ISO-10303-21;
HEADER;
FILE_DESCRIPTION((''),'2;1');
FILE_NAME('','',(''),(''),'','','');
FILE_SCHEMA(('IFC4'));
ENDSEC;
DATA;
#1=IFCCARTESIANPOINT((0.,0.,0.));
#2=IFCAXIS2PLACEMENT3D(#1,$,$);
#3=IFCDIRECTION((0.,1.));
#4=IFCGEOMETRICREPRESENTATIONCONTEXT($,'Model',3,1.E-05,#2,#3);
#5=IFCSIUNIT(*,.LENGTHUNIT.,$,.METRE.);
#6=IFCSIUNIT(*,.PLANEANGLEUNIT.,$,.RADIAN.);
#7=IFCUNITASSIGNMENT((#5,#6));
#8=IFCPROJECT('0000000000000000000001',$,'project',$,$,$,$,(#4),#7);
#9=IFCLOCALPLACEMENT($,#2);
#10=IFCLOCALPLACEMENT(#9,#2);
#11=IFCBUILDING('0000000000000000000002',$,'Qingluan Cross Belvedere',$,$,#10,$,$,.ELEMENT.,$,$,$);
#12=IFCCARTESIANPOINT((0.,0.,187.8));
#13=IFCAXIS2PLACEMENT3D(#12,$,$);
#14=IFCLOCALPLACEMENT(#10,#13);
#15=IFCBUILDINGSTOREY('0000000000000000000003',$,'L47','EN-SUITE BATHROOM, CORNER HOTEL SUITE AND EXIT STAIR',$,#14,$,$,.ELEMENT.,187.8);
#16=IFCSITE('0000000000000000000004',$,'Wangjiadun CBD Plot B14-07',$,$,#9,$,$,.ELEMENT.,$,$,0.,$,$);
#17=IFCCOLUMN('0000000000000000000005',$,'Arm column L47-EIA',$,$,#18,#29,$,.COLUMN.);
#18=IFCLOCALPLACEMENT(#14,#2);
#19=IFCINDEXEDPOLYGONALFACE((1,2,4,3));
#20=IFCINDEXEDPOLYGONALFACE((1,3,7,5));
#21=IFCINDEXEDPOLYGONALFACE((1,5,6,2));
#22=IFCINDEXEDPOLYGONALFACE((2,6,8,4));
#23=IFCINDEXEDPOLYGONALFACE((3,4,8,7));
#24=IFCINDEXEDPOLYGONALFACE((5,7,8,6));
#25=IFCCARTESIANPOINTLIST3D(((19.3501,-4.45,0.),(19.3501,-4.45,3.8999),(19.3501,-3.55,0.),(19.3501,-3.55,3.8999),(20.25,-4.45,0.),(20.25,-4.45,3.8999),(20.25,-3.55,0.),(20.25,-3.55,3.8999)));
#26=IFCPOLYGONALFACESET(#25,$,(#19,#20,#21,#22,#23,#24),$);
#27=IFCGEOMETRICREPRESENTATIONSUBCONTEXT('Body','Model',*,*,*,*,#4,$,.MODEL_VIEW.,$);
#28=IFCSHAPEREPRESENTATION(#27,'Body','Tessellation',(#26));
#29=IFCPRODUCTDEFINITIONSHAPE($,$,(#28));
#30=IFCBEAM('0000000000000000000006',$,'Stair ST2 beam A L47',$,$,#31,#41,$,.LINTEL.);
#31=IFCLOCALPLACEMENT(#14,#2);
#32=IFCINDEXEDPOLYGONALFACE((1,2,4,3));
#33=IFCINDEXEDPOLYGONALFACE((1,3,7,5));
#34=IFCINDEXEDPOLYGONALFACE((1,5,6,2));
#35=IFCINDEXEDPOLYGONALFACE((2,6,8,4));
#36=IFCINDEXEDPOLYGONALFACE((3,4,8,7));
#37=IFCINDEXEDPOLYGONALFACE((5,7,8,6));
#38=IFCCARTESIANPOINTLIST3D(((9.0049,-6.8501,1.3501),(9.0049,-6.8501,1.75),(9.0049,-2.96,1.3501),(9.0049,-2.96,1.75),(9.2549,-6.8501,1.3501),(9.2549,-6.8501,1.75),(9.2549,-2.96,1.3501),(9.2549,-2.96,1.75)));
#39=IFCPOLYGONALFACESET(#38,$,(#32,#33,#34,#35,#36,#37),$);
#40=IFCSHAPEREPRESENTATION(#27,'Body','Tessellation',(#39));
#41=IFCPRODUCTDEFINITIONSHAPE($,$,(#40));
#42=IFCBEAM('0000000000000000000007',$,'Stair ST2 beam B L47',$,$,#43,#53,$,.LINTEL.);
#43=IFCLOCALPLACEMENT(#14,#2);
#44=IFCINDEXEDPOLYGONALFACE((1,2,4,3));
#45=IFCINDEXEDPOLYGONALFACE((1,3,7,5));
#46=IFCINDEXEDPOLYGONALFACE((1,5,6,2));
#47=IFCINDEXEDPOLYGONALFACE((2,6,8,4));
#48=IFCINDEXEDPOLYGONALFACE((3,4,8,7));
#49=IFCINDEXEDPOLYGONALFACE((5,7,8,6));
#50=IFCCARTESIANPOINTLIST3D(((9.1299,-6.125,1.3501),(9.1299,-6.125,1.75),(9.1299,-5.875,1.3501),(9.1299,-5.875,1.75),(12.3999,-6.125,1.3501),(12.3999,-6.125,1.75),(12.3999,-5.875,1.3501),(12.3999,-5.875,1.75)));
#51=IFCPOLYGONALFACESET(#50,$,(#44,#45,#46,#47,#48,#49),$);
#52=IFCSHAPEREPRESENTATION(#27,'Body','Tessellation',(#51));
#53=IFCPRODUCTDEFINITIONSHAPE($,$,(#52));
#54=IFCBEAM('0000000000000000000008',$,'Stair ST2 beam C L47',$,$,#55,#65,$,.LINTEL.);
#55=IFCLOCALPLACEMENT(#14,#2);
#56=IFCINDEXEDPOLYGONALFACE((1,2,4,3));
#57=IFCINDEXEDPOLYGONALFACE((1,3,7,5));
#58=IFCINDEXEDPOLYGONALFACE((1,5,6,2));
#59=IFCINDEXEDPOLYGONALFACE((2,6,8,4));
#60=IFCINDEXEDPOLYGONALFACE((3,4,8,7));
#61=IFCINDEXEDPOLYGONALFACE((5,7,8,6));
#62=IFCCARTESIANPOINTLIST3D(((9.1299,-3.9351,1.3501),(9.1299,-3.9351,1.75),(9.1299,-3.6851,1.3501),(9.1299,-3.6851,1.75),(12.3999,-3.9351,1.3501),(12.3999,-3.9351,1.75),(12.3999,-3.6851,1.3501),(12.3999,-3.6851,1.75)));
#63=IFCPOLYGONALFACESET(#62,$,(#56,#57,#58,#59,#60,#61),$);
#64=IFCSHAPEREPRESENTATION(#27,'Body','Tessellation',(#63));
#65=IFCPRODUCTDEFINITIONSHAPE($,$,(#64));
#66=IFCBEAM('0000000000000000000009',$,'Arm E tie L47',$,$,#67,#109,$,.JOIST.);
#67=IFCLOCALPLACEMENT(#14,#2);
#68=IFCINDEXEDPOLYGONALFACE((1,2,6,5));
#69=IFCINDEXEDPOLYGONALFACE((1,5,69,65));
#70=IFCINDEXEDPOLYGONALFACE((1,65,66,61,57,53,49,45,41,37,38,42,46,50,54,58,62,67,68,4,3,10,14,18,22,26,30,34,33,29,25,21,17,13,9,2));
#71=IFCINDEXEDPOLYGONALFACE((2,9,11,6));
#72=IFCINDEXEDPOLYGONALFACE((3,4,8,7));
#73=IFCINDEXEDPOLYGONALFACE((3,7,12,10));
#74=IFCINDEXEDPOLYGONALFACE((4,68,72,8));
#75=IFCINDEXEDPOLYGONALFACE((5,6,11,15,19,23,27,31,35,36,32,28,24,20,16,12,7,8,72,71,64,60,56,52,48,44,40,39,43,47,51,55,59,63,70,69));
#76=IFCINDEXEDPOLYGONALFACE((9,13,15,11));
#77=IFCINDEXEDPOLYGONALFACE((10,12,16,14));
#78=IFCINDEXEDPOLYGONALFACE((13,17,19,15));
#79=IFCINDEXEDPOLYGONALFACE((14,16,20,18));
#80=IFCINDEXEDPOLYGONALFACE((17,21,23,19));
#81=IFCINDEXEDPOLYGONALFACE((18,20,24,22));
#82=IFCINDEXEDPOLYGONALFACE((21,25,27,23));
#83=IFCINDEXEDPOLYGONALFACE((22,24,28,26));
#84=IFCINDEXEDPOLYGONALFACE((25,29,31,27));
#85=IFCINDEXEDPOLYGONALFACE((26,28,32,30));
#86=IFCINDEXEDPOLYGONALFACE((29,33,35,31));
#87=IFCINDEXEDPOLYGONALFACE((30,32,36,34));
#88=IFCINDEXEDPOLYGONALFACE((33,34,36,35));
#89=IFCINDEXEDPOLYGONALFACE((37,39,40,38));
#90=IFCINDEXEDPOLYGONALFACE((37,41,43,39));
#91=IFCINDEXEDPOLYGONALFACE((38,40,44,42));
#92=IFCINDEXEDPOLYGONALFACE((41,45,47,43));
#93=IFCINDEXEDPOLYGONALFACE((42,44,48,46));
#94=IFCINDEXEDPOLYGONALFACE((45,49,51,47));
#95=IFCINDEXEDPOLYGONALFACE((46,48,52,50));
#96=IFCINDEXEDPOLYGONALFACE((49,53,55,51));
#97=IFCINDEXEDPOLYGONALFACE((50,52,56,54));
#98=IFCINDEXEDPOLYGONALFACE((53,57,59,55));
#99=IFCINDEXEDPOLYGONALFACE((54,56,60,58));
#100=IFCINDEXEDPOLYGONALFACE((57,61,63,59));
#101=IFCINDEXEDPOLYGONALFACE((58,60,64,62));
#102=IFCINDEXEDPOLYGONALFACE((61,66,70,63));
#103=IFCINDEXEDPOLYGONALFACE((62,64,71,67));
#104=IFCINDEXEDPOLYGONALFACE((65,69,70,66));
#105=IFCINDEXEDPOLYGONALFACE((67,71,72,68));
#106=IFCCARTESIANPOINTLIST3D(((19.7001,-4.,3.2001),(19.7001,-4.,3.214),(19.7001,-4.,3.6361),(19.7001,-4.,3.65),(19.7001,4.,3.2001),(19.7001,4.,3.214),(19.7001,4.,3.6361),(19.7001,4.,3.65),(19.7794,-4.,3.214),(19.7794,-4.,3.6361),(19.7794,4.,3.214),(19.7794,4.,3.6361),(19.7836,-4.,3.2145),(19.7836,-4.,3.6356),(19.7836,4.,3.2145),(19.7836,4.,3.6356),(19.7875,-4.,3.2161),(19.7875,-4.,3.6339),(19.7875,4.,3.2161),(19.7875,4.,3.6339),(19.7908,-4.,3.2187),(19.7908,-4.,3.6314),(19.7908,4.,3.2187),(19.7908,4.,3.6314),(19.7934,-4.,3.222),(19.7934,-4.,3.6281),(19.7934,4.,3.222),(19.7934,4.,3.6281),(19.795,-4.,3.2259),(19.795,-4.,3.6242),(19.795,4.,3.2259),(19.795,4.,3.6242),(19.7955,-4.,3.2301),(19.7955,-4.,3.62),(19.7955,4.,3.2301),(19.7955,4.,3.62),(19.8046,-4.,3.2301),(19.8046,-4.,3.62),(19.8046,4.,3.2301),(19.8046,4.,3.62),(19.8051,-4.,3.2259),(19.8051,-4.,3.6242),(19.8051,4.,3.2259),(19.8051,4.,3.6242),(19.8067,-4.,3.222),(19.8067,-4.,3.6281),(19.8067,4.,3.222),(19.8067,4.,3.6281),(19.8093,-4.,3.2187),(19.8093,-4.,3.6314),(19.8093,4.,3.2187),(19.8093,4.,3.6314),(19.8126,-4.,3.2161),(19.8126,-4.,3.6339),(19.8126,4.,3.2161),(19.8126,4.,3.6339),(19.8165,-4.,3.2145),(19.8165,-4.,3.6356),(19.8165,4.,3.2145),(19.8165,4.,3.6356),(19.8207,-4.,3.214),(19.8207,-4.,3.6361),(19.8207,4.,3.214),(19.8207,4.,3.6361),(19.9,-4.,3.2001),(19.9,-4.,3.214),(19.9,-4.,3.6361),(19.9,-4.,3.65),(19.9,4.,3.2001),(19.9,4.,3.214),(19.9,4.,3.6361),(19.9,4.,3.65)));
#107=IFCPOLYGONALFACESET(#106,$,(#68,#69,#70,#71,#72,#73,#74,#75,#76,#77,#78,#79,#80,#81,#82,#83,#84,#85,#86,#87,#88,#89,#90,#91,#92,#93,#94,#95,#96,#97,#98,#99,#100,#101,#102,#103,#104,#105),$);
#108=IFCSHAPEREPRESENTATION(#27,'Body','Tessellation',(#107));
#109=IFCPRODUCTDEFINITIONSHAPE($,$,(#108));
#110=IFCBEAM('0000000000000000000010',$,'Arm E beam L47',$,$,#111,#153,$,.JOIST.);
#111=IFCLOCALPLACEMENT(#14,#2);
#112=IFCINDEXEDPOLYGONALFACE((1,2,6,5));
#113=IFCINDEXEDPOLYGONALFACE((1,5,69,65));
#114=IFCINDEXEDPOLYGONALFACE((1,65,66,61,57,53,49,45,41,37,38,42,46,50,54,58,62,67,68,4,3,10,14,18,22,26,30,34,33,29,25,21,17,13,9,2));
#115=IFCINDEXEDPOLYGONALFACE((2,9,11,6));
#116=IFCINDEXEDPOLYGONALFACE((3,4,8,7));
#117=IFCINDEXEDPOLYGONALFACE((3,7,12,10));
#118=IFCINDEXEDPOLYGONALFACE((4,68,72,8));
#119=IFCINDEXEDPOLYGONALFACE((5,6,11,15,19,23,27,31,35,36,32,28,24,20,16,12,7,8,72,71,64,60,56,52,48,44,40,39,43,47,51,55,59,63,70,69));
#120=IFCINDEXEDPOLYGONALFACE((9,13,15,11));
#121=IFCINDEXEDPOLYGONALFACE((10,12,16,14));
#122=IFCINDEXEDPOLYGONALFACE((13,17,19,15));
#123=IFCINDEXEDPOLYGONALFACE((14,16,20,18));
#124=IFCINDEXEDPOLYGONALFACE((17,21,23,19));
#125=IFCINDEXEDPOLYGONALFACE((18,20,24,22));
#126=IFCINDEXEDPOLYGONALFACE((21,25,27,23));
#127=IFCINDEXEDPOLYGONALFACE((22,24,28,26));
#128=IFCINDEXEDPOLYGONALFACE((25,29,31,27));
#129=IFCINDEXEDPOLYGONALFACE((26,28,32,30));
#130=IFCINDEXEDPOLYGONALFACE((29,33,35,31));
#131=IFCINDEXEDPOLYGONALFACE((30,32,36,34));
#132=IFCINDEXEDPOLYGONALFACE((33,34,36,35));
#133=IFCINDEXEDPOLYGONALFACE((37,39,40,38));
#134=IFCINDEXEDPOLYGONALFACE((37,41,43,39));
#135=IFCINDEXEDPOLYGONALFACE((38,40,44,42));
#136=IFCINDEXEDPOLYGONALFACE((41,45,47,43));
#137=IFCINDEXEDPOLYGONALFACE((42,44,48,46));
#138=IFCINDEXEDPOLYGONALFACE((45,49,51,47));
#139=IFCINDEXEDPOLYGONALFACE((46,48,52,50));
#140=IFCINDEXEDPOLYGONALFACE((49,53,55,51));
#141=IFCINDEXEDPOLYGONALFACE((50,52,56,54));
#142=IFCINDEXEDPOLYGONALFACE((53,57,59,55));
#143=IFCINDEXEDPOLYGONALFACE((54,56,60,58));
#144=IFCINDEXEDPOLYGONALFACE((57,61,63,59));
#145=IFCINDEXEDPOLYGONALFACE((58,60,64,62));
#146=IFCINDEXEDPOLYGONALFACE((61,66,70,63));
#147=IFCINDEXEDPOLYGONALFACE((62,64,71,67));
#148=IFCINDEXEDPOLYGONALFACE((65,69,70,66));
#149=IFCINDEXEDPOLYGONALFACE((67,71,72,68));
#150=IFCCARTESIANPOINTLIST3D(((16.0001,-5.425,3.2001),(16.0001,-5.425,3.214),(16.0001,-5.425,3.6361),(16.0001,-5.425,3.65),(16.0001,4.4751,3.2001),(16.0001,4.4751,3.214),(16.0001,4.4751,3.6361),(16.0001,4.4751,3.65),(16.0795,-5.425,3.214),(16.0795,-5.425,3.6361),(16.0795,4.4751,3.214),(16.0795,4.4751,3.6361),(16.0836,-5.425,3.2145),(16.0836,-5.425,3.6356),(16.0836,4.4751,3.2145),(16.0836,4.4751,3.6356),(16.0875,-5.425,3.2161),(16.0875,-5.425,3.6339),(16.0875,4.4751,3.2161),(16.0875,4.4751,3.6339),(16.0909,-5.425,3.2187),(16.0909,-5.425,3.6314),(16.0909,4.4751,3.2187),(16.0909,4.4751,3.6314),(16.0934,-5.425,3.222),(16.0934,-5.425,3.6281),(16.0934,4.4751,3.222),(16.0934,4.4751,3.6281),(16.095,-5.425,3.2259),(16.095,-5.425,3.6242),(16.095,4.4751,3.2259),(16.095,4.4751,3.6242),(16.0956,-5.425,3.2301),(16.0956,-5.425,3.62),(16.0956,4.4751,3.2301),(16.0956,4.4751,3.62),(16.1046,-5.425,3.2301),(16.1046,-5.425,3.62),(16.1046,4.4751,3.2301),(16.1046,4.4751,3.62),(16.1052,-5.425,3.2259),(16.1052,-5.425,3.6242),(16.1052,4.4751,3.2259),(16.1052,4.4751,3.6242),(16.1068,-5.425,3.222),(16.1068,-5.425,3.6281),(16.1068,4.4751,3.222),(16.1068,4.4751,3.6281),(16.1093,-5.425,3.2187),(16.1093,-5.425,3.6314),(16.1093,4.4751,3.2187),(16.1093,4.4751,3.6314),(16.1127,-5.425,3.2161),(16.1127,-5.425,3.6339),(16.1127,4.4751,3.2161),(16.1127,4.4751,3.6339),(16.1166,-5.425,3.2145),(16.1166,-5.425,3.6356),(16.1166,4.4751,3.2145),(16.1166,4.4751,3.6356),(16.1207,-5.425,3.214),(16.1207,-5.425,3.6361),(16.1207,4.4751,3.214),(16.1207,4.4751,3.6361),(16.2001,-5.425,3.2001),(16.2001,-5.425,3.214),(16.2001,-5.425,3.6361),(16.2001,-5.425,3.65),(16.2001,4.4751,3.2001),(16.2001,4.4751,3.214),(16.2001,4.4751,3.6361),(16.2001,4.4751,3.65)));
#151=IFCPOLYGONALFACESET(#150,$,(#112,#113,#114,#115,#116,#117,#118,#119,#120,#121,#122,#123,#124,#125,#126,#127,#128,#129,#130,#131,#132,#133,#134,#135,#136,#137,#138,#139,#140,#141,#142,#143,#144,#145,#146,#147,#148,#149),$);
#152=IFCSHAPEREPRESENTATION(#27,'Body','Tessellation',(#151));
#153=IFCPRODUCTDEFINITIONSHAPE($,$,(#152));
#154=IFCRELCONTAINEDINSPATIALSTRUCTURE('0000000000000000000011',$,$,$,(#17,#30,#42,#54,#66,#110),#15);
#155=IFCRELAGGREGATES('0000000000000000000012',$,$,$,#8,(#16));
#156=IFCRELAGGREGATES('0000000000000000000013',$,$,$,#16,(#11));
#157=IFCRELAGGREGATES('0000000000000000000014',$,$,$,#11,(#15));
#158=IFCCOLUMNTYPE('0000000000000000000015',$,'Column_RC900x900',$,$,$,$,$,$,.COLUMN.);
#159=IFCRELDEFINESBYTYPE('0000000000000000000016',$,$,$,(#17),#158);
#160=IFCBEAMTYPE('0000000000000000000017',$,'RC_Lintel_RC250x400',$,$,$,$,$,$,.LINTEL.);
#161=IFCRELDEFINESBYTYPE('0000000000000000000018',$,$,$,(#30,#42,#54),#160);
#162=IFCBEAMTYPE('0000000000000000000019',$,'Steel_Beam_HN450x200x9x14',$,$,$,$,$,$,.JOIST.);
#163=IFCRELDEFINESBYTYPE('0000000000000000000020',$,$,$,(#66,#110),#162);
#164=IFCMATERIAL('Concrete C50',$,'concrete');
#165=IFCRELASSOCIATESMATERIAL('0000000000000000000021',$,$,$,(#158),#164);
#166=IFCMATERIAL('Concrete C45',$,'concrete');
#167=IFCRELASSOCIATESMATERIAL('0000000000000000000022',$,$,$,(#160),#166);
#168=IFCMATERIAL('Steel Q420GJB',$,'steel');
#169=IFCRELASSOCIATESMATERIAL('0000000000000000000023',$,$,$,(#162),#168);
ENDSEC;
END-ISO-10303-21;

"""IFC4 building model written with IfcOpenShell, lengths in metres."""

from ifc_helpers import new_model, si_unit, direction, frame, origin, origin_2d, place, context, subcontext, project, spatial, rectangle, i_section, extrude, material, material_profile, profile_set, type_object, element, save


model = new_model("IFC4")

# Units and contexts
model_context = context("Model", 3, precision=1e-05, world=origin(), true_north=direction((0.0, 1.0)))
body_context = subcontext(model_context, "Body", "Model", "MODEL_VIEW")
ifc_project = project(units=[si_unit("LENGTHUNIT", "METRE"), si_unit("PLANEANGLEUNIT", "RADIAN")], contexts=[model_context])

# Site, building, storey
site_placement = place(None, origin())
site = spatial("IfcSite", under=ifc_project, at=site_placement, Name="Wangjiadun CBD Plot B14-07", CompositionType="ELEMENT", RefElevation=0.0)
building_placement = place(site_placement, origin())
building = spatial("IfcBuilding", under=site, at=building_placement, Name="Qingluan Cross Belvedere", CompositionType="ELEMENT")
storey_placement = place(building_placement, frame((0.0, 0.0, 187.8)))
storey = spatial("IfcBuildingStorey", under=building, at=storey_placement, Name="L47", Description="EN-SUITE BATHROOM, CORNER HOTEL SUITE AND EXIT STAIR", CompositionType="ELEMENT", Elevation=187.8)

# Column
ifc_material_1 = material(Name="Concrete C50", Category="concrete")
ifc_material_profile_1 = material_profile(ifc_material_1, rectangle(XDim=0.8999, YDim=0.8999, at=origin_2d()), Name="RC900x900")
ifc_profile_set_1 = profile_set([ifc_material_profile_1], Name="Concrete C50")
column_type = type_object("IfcColumnType", Name="Column_RC900x900", PredefinedType="COLUMN", material=ifc_profile_set_1)
column_placement = place(storey_placement, frame((19.8, -4.0, 0.0), z_axis=(0.0, 0.0, 1.0), x_axis=(1.0, 0.0, 0.0)))
element("IfcColumn", 1, at=column_placement, inside=storey, type_object=column_type, Name="Arm column L47-EIA", PredefinedType="COLUMN", context=body_context, shape_type="SweptSolid", body=[
    extrude(rectangle(XDim=0.8999, YDim=0.8999, at=origin_2d()), origin(), (0.0, 0.0, 1.0), 3.8999),
])

# Beams
ifc_material_2 = material(Name="Concrete C45", Category="concrete")
ifc_material_profile_2 = material_profile(ifc_material_2, rectangle(XDim=0.25, YDim=0.3999, at=origin_2d()), Name="RC250x400")
ifc_profile_set_2 = profile_set([ifc_material_profile_2], Name="Concrete C45")
beam_type_1 = type_object("IfcBeamType", Name="RC_Lintel_RC250x400", PredefinedType="LINTEL", material=ifc_profile_set_2)
beam_1_placement = place(storey_placement, frame((9.1299, -6.8501, 1.55), z_axis=(0.0, 1.0, 0.0), x_axis=(-1.0, 0.0, 0.0)))
element("IfcBeam", 2, at=beam_1_placement, inside=storey, type_object=beam_type_1, Name="Stair ST2 beam A L47", PredefinedType="LINTEL", context=body_context, shape_type="SweptSolid", body=[
    extrude(rectangle(XDim=0.25, YDim=0.3999, at=origin_2d()), origin(), (0.0, 0.0, 1.0), 3.8901),
])
for number, where, z_axis, x_axis, name in (
    (3, (12.3999, -6.0, 1.55), (-1.0, 0.0, 0.0), (0.0, -1.0, 0.0), "Stair ST2 beam B L47"),
    (4, (12.3999, -3.8101, 1.55), (-1.0, 0.0, 0.0), (0.0, -1.0, 0.0), "Stair ST2 beam C L47"),
):
    element("IfcBeam", number, at=place(storey_placement, frame(where, z_axis=z_axis, x_axis=x_axis)), inside=storey, type_object=beam_type_1, Name=name, PredefinedType="LINTEL", context=body_context, shape_type="SweptSolid", body=[
        extrude(rectangle(XDim=0.25, YDim=0.3999, at=origin_2d()), origin(), (0.0, 0.0, 1.0), 3.27),
    ])
ifc_material_3 = material(Name="Steel Q420GJB", Category="steel")
ifc_material_profile_3 = material_profile(ifc_material_3, i_section(OverallWidth=0.2, OverallDepth=0.45, WebThickness=0.009, FlangeThickness=0.0139, FilletRadius=0.0161, at=origin_2d()), Name="HN450x200x9x14")
ifc_profile_set_3 = profile_set([ifc_material_profile_3], Name="Steel Q420GJB")
beam_type_2 = type_object("IfcBeamType", Name="Steel_Beam_HN450x200x9x14", PredefinedType="JOIST", material=ifc_profile_set_3)
beam_2_placement = place(storey_placement, frame((19.8, -4.0, 3.425), z_axis=(0.0, 1.0, 0.0), x_axis=(-1.0, 0.0, 0.0)))
element("IfcBeam", 5, at=beam_2_placement, inside=storey, type_object=beam_type_2, Name="Arm E tie L47", PredefinedType="JOIST", context=body_context, shape_type="SweptSolid", body=[
    extrude(i_section(OverallWidth=0.2, OverallDepth=0.45, WebThickness=0.009, FlangeThickness=0.0139, FilletRadius=0.0161, at=origin_2d()), origin(), (0.0, 0.0, 1.0), 8.0),
])
beam_3_placement = place(storey_placement, frame((16.1001, -5.425, 3.425), z_axis=(0.0, 1.0, 0.0), x_axis=(-1.0, 0.0, 0.0)))
element("IfcBeam", 6, at=beam_3_placement, inside=storey, type_object=beam_type_2, Name="Arm E beam L47", PredefinedType="JOIST", context=body_context, shape_type="SweptSolid", body=[
    extrude(i_section(OverallWidth=0.2, OverallDepth=0.45, WebThickness=0.009, FlangeThickness=0.0139, FilletRadius=0.0161, at=origin_2d()), origin(), (0.0, 0.0, 1.0), 9.9001),
])

save(model, "model.ifc")
